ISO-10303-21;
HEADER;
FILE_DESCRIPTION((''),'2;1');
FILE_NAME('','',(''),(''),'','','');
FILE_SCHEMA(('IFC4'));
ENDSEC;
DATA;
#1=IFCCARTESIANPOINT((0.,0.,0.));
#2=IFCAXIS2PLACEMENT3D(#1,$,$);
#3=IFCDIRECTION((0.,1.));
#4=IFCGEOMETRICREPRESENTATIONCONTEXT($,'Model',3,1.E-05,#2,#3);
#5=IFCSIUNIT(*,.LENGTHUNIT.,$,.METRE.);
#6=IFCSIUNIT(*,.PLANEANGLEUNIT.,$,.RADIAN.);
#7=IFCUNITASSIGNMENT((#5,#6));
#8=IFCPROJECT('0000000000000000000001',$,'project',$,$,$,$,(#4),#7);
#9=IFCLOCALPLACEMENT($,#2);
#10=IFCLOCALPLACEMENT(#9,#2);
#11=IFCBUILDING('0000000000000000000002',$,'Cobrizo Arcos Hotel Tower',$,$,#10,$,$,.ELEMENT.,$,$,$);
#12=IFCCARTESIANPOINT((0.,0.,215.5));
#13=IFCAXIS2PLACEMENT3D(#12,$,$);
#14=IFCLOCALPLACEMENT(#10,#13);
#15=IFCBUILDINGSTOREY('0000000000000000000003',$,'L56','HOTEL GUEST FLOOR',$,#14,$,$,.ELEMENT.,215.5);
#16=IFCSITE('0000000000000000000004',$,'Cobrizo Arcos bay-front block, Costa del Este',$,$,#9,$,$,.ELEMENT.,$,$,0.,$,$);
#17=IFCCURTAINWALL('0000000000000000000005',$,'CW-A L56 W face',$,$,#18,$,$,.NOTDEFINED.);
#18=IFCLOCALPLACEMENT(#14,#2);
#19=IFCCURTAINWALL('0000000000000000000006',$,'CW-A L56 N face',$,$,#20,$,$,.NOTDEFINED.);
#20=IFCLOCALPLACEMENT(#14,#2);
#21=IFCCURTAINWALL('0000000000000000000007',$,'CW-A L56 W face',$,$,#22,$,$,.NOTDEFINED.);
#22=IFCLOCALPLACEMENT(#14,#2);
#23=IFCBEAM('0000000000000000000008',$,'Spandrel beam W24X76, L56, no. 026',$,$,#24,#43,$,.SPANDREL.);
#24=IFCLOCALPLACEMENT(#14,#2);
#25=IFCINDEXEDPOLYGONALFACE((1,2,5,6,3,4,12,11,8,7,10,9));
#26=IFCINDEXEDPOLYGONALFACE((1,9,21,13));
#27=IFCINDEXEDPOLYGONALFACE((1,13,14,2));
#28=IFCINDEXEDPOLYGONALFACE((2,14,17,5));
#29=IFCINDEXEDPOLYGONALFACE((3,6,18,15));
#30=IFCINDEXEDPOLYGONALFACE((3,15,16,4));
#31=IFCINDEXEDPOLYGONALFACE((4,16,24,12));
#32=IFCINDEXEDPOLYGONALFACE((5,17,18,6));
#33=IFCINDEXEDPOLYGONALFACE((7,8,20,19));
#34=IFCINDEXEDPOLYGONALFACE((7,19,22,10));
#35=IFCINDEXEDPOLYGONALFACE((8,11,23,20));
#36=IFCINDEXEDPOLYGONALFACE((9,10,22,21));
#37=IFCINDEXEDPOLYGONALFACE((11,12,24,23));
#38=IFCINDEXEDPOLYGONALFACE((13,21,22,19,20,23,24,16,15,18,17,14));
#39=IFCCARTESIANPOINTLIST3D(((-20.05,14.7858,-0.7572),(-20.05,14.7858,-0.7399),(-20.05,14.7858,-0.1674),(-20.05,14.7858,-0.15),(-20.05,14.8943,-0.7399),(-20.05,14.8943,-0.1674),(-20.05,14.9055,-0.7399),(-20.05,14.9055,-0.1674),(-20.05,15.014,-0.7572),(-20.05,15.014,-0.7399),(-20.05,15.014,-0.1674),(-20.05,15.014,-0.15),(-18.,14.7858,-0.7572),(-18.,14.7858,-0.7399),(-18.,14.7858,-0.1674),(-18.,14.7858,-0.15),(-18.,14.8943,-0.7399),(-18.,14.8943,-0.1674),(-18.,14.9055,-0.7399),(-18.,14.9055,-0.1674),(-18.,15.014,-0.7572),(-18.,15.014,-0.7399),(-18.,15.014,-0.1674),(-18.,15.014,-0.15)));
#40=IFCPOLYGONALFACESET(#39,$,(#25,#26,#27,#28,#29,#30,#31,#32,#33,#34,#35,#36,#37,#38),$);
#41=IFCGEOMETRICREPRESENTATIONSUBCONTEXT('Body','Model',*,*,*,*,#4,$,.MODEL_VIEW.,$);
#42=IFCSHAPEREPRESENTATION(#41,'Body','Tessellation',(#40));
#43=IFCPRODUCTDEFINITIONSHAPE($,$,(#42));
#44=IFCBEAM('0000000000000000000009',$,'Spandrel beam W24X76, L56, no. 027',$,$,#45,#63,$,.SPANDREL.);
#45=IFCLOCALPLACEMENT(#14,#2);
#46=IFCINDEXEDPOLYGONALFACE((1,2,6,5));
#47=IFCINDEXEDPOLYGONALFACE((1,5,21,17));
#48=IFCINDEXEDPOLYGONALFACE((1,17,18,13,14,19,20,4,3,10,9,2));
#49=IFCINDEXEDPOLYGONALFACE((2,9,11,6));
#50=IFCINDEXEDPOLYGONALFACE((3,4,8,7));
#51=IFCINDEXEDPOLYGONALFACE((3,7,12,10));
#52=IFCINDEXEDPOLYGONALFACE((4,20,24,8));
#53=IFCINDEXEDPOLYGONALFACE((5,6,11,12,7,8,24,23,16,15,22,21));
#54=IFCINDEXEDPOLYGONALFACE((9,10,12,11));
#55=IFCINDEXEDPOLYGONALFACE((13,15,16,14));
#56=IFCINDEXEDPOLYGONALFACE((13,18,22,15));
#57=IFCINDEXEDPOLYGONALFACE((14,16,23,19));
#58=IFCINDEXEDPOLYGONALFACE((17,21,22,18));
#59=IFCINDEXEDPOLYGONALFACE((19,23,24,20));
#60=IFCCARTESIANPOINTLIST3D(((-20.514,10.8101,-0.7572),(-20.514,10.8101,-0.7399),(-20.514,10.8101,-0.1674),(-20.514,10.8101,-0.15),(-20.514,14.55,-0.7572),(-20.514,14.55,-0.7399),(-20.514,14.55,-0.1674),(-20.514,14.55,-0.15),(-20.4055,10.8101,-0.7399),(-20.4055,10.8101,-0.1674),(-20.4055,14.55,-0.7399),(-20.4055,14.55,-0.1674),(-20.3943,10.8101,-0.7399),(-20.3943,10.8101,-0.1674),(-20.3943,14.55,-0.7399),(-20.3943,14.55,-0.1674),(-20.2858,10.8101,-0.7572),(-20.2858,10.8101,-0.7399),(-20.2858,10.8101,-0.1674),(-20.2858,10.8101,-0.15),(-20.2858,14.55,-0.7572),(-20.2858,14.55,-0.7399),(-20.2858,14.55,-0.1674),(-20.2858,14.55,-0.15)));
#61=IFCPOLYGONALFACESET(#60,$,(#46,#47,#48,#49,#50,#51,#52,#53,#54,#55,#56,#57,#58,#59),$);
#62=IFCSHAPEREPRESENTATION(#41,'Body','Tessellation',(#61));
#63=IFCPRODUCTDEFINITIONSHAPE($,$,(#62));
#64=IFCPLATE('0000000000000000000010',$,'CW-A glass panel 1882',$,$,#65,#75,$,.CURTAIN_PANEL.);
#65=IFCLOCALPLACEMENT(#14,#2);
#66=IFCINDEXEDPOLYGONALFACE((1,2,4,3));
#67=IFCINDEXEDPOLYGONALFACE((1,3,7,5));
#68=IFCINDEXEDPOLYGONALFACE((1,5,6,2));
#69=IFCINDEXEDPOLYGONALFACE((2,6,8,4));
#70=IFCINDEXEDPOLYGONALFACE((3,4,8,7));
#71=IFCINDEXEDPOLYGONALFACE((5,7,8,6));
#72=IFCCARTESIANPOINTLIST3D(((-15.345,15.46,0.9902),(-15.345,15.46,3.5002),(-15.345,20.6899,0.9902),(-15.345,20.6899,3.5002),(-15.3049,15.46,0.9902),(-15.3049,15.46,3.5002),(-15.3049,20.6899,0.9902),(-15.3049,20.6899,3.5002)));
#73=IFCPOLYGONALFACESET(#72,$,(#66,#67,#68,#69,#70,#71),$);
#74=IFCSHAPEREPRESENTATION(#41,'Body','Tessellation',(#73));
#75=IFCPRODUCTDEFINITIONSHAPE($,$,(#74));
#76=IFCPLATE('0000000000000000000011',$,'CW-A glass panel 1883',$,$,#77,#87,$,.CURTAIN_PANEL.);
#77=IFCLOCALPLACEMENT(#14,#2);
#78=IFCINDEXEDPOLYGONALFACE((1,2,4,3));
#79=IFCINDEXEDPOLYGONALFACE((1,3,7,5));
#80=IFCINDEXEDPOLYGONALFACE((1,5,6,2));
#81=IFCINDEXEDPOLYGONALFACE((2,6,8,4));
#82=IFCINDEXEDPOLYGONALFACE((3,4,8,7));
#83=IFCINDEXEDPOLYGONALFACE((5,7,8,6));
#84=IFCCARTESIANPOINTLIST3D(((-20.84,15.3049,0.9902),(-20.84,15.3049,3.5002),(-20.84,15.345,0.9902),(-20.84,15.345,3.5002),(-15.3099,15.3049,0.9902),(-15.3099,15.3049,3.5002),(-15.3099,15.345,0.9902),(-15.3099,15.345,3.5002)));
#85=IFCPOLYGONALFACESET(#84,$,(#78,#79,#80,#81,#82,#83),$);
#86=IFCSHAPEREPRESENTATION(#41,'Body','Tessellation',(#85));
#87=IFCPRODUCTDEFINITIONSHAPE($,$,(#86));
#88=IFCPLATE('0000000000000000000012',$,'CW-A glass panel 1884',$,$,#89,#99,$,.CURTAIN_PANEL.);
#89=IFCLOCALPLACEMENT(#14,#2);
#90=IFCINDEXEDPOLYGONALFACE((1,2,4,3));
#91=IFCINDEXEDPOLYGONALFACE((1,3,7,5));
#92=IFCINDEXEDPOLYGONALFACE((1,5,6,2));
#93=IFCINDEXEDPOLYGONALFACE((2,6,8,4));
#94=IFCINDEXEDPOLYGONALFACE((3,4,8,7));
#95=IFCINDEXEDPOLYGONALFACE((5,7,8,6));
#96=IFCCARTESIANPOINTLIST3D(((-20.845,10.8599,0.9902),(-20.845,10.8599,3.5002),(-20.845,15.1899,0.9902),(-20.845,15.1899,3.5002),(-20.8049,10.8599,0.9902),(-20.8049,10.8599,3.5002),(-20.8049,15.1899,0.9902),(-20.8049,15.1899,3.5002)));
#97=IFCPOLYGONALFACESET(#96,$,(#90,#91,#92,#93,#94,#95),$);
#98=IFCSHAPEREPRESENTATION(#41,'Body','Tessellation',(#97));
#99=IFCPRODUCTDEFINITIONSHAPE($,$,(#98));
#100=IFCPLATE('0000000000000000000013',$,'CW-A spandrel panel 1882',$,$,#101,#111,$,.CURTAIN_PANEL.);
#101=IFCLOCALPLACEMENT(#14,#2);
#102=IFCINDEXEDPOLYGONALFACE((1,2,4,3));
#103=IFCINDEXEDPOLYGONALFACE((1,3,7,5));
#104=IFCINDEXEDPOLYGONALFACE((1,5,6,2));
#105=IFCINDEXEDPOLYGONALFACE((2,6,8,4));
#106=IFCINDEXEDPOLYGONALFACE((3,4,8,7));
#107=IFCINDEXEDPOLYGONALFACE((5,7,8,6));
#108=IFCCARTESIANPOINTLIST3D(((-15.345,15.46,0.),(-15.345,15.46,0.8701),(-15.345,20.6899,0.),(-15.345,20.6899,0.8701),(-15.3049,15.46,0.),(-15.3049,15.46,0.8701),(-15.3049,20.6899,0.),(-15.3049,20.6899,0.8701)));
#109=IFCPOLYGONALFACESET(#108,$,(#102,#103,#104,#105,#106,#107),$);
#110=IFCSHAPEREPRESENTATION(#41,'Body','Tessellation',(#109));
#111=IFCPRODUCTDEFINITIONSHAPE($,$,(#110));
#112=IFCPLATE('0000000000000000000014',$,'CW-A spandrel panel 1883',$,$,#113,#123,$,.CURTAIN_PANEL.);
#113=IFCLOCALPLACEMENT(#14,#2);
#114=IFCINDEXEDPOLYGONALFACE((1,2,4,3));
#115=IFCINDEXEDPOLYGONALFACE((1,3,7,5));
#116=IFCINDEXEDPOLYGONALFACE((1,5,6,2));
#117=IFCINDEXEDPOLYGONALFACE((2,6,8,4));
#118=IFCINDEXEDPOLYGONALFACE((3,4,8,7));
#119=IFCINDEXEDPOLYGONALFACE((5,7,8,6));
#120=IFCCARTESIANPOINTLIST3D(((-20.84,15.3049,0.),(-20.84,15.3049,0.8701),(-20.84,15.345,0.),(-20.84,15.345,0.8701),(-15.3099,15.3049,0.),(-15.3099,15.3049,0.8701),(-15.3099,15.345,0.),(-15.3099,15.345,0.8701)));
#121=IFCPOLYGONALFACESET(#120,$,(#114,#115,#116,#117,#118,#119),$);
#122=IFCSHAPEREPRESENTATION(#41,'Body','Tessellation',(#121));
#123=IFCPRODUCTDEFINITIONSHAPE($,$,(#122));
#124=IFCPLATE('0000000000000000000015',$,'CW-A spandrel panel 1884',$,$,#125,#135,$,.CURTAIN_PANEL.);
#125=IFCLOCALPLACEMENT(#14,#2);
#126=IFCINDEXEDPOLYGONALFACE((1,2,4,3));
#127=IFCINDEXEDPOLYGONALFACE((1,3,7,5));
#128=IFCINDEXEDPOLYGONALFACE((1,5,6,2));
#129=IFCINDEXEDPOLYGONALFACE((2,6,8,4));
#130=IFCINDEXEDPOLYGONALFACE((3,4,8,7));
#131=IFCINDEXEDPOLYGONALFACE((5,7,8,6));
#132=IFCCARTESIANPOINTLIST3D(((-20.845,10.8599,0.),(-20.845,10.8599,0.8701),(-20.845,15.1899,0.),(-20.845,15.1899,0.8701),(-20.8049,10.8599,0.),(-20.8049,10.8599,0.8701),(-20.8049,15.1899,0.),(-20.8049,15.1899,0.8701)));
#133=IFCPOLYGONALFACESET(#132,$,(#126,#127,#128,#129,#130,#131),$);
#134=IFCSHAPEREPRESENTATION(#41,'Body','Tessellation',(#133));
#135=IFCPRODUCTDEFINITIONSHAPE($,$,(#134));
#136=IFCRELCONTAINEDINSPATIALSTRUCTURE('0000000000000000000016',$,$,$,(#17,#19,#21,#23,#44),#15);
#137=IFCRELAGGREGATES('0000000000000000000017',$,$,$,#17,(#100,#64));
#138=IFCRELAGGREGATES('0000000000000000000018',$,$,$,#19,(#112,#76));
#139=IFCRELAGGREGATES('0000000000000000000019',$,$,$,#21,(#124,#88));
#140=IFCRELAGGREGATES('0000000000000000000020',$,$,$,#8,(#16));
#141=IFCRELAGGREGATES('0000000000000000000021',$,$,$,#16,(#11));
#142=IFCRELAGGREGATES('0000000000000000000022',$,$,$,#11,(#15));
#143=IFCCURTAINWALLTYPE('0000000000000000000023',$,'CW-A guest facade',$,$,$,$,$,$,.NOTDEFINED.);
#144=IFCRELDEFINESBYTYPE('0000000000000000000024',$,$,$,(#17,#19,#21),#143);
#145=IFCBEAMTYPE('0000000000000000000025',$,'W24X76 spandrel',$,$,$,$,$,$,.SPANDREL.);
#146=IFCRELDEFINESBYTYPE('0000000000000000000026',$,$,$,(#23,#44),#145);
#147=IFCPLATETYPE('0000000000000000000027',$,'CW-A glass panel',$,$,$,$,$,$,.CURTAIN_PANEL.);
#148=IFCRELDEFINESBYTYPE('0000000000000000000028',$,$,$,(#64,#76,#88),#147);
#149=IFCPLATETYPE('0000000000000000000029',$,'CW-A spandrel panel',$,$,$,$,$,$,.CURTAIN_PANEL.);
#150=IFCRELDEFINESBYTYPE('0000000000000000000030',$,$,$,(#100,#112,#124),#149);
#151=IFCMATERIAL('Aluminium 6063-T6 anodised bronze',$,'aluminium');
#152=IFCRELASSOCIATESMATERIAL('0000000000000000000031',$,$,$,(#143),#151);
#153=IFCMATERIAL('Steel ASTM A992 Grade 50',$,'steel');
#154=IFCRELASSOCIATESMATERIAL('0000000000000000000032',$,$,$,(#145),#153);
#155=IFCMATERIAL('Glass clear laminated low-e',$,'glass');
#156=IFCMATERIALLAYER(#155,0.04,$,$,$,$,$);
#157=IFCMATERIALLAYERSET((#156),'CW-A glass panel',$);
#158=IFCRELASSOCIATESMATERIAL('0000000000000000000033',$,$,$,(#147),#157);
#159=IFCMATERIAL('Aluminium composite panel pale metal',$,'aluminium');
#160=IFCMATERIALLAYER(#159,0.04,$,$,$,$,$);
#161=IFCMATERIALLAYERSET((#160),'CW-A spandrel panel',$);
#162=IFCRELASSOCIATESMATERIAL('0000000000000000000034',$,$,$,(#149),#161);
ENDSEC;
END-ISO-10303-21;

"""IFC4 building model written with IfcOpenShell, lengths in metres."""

from ifc_helpers import new_model, si_unit, direction, frame, origin, origin_2d, place, context, subcontext, project, spatial, rectangle, i_section, extrude, material, layer, layer_set, material_profile, profile_set, type_object, element, aggregate, save


model = new_model("IFC4")

# Units and contexts
model_context = context("Model", 3, precision=1e-05, world=origin(), true_north=direction((0.0, 1.0)))
body_context = subcontext(model_context, "Body", "Model", "MODEL_VIEW")
ifc_project = project(units=[si_unit("LENGTHUNIT", "METRE"), si_unit("PLANEANGLEUNIT", "RADIAN")], contexts=[model_context])

# Site, building, storey
site_placement = place(None, origin())
site = spatial("IfcSite", under=ifc_project, at=site_placement, Name="Cobrizo Arcos bay-front block, Costa del Este", CompositionType="ELEMENT", RefElevation=0.0)
building_placement = place(site_placement, origin())
building = spatial("IfcBuilding", under=site, at=building_placement, Name="Cobrizo Arcos Hotel Tower", CompositionType="ELEMENT")
storey_placement = place(building_placement, frame((0.0, 0.0, 215.5)))
storey = spatial("IfcBuildingStorey", under=building, at=storey_placement, Name="L56", Description="HOTEL GUEST FLOOR", CompositionType="ELEMENT", Elevation=215.5)

# Shared definitions
ifc_material_1 = material(Name="Aluminium 6063-T6 anodised bronze", Category="aluminium")
curtain_wall_type = type_object("IfcCurtainWallType", Name="CW-A guest facade", PredefinedType="NOTDEFINED", material=ifc_material_1)

# Curtain walls
curtain_wall_1_placement = place(storey_placement, origin())
curtain_wall_1 = element("IfcCurtainWall", 1, at=curtain_wall_1_placement, inside=storey, type_object=curtain_wall_type, Name="CW-A L56 W face", PredefinedType="NOTDEFINED")
curtain_wall_2_placement = place(storey_placement, origin())
curtain_wall_2 = element("IfcCurtainWall", 2, at=curtain_wall_2_placement, inside=storey, type_object=curtain_wall_type, Name="CW-A L56 N face", PredefinedType="NOTDEFINED")

# Curtain wall
curtain_wall_3_placement = place(storey_placement, origin())
curtain_wall_3 = element("IfcCurtainWall", 3, at=curtain_wall_3_placement, inside=storey, type_object=curtain_wall_type, Name="CW-A L56 W face", PredefinedType="NOTDEFINED")

# Beams
ifc_material_2 = material(Name="Steel ASTM A992 Grade 50", Category="steel")
ifc_material_profile_1 = material_profile(ifc_material_2, i_section(OverallWidth=0.2283, OverallDepth=0.6072, WebThickness=0.0112, FlangeThickness=0.0173, at=origin_2d()), Name="W24X76")
ifc_profile_set_1 = profile_set([ifc_material_profile_1], Name="Steel ASTM A992 Grade 50")
beam_type = type_object("IfcBeamType", Name="W24X76 spandrel", PredefinedType="SPANDREL", material=ifc_profile_set_1)
for number, where, z_axis, x_axis, name in (
    (4, (-18.0, 14.8999, -0.4536), (-1.0, 0.0, 0.0), (0.0, -1.0, 0.0), "Spandrel beam W24X76, L56, no. 026"),
):
    element("IfcBeam", number, at=place(storey_placement, frame(where, z_axis=z_axis, x_axis=x_axis)), inside=storey, type_object=beam_type, Name=name, PredefinedType="SPANDREL", context=body_context, shape_type="SweptSolid", body=[
        extrude(i_section(OverallWidth=0.2283, OverallDepth=0.6072, WebThickness=0.0112, FlangeThickness=0.0173, at=origin_2d()), origin(), (0.0, 0.0, 1.0), 2.05),
    ])
beam_placement = place(storey_placement, frame((-20.3999, 14.55, -0.4536), z_axis=(0.0, -1.0, 0.0), x_axis=(1.0, 0.0, 0.0)))
element("IfcBeam", 5, at=beam_placement, inside=storey, type_object=beam_type, Name="Spandrel beam W24X76, L56, no. 027", PredefinedType="SPANDREL", context=body_context, shape_type="SweptSolid", body=[
    extrude(i_section(OverallWidth=0.2283, OverallDepth=0.6072, WebThickness=0.0112, FlangeThickness=0.0173, at=origin_2d()), origin(), (0.0, 0.0, 1.0), 3.74),
])

# Plates
ifc_material_3 = material(Name="Glass clear laminated low-e", Category="glass")
ifc_layer_1 = layer(ifc_material_3, 0.04)
ifc_layer_set_1 = layer_set([ifc_layer_1], Name="CW-A glass panel")
plate_type_1 = type_object("IfcPlateType", Name="CW-A glass panel", PredefinedType="CURTAIN_PANEL", material=ifc_layer_set_1)
plate_1_placement = place(storey_placement, frame((-15.325, 18.075, 0.9902), z_axis=(0.0, 0.0, 1.0), x_axis=(0.0, -1.0, 0.0)))
plate_1 = element("IfcPlate", 6, at=plate_1_placement, type_object=plate_type_1, Name="CW-A glass panel 1882", PredefinedType="CURTAIN_PANEL", context=body_context, shape_type="SweptSolid", body=[
    extrude(rectangle(XDim=5.23, YDim=0.04, at=origin_2d()), origin(), (0.0, 0.0, 1.0), 2.51),
])
plate_2_placement = place(storey_placement, frame((-18.075, 15.325, 0.9902), z_axis=(0.0, 0.0, 1.0), x_axis=(-1.0, 0.0, 0.0)))
plate_2 = element("IfcPlate", 7, at=plate_2_placement, type_object=plate_type_1, Name="CW-A glass panel 1883", PredefinedType="CURTAIN_PANEL", context=body_context, shape_type="SweptSolid", body=[
    extrude(rectangle(XDim=5.53, YDim=0.04, at=origin_2d()), origin(), (0.0, 0.0, 1.0), 2.51),
])
plate_3_placement = place(storey_placement, frame((-20.825, 13.0249, 0.9902), z_axis=(0.0, 0.0, 1.0), x_axis=(0.0, -1.0, 0.0)))
plate_3 = element("IfcPlate", 8, at=plate_3_placement, type_object=plate_type_1, Name="CW-A glass panel 1884", PredefinedType="CURTAIN_PANEL", context=body_context, shape_type="SweptSolid", body=[
    extrude(rectangle(XDim=4.3301, YDim=0.04, at=origin_2d()), origin(), (0.0, 0.0, 1.0), 2.51),
])
ifc_material_4 = material(Name="Aluminium composite panel pale metal", Category="aluminium")
ifc_layer_2 = layer(ifc_material_4, 0.04)
ifc_layer_set_2 = layer_set([ifc_layer_2], Name="CW-A spandrel panel")
plate_type_2 = type_object("IfcPlateType", Name="CW-A spandrel panel", PredefinedType="CURTAIN_PANEL", material=ifc_layer_set_2)
plate_4_placement = place(storey_placement, frame((-15.325, 18.075, 0.0), z_axis=(0.0, 0.0, 1.0), x_axis=(0.0, -1.0, 0.0)))
plate_4 = element("IfcPlate", 9, at=plate_4_placement, type_object=plate_type_2, Name="CW-A spandrel panel 1882", PredefinedType="CURTAIN_PANEL", context=body_context, shape_type="SweptSolid", body=[
    extrude(rectangle(XDim=5.23, YDim=0.04, at=origin_2d()), origin(), (0.0, 0.0, 1.0), 0.8701),
])
aggregate(curtain_wall_1, [plate_4, plate_1])
plate_5_placement = place(storey_placement, frame((-18.075, 15.325, 0.0), z_axis=(0.0, 0.0, 1.0), x_axis=(-1.0, 0.0, 0.0)))
plate_5 = element("IfcPlate", 10, at=plate_5_placement, type_object=plate_type_2, Name="CW-A spandrel panel 1883", PredefinedType="CURTAIN_PANEL", context=body_context, shape_type="SweptSolid", body=[
    extrude(rectangle(XDim=5.53, YDim=0.04, at=origin_2d()), origin(), (0.0, 0.0, 1.0), 0.8701),
])
aggregate(curtain_wall_2, [plate_5, plate_2])
plate_6_placement = place(storey_placement, frame((-20.825, 13.0249, 0.0), z_axis=(0.0, 0.0, 1.0), x_axis=(0.0, -1.0, 0.0)))
plate_6 = element("IfcPlate", 11, at=plate_6_placement, type_object=plate_type_2, Name="CW-A spandrel panel 1884", PredefinedType="CURTAIN_PANEL", context=body_context, shape_type="SweptSolid", body=[
    extrude(rectangle(XDim=4.3301, YDim=0.04, at=origin_2d()), origin(), (0.0, 0.0, 1.0), 0.8701),
])
aggregate(curtain_wall_3, [plate_6, plate_3])

save(model, "model.ifc")
